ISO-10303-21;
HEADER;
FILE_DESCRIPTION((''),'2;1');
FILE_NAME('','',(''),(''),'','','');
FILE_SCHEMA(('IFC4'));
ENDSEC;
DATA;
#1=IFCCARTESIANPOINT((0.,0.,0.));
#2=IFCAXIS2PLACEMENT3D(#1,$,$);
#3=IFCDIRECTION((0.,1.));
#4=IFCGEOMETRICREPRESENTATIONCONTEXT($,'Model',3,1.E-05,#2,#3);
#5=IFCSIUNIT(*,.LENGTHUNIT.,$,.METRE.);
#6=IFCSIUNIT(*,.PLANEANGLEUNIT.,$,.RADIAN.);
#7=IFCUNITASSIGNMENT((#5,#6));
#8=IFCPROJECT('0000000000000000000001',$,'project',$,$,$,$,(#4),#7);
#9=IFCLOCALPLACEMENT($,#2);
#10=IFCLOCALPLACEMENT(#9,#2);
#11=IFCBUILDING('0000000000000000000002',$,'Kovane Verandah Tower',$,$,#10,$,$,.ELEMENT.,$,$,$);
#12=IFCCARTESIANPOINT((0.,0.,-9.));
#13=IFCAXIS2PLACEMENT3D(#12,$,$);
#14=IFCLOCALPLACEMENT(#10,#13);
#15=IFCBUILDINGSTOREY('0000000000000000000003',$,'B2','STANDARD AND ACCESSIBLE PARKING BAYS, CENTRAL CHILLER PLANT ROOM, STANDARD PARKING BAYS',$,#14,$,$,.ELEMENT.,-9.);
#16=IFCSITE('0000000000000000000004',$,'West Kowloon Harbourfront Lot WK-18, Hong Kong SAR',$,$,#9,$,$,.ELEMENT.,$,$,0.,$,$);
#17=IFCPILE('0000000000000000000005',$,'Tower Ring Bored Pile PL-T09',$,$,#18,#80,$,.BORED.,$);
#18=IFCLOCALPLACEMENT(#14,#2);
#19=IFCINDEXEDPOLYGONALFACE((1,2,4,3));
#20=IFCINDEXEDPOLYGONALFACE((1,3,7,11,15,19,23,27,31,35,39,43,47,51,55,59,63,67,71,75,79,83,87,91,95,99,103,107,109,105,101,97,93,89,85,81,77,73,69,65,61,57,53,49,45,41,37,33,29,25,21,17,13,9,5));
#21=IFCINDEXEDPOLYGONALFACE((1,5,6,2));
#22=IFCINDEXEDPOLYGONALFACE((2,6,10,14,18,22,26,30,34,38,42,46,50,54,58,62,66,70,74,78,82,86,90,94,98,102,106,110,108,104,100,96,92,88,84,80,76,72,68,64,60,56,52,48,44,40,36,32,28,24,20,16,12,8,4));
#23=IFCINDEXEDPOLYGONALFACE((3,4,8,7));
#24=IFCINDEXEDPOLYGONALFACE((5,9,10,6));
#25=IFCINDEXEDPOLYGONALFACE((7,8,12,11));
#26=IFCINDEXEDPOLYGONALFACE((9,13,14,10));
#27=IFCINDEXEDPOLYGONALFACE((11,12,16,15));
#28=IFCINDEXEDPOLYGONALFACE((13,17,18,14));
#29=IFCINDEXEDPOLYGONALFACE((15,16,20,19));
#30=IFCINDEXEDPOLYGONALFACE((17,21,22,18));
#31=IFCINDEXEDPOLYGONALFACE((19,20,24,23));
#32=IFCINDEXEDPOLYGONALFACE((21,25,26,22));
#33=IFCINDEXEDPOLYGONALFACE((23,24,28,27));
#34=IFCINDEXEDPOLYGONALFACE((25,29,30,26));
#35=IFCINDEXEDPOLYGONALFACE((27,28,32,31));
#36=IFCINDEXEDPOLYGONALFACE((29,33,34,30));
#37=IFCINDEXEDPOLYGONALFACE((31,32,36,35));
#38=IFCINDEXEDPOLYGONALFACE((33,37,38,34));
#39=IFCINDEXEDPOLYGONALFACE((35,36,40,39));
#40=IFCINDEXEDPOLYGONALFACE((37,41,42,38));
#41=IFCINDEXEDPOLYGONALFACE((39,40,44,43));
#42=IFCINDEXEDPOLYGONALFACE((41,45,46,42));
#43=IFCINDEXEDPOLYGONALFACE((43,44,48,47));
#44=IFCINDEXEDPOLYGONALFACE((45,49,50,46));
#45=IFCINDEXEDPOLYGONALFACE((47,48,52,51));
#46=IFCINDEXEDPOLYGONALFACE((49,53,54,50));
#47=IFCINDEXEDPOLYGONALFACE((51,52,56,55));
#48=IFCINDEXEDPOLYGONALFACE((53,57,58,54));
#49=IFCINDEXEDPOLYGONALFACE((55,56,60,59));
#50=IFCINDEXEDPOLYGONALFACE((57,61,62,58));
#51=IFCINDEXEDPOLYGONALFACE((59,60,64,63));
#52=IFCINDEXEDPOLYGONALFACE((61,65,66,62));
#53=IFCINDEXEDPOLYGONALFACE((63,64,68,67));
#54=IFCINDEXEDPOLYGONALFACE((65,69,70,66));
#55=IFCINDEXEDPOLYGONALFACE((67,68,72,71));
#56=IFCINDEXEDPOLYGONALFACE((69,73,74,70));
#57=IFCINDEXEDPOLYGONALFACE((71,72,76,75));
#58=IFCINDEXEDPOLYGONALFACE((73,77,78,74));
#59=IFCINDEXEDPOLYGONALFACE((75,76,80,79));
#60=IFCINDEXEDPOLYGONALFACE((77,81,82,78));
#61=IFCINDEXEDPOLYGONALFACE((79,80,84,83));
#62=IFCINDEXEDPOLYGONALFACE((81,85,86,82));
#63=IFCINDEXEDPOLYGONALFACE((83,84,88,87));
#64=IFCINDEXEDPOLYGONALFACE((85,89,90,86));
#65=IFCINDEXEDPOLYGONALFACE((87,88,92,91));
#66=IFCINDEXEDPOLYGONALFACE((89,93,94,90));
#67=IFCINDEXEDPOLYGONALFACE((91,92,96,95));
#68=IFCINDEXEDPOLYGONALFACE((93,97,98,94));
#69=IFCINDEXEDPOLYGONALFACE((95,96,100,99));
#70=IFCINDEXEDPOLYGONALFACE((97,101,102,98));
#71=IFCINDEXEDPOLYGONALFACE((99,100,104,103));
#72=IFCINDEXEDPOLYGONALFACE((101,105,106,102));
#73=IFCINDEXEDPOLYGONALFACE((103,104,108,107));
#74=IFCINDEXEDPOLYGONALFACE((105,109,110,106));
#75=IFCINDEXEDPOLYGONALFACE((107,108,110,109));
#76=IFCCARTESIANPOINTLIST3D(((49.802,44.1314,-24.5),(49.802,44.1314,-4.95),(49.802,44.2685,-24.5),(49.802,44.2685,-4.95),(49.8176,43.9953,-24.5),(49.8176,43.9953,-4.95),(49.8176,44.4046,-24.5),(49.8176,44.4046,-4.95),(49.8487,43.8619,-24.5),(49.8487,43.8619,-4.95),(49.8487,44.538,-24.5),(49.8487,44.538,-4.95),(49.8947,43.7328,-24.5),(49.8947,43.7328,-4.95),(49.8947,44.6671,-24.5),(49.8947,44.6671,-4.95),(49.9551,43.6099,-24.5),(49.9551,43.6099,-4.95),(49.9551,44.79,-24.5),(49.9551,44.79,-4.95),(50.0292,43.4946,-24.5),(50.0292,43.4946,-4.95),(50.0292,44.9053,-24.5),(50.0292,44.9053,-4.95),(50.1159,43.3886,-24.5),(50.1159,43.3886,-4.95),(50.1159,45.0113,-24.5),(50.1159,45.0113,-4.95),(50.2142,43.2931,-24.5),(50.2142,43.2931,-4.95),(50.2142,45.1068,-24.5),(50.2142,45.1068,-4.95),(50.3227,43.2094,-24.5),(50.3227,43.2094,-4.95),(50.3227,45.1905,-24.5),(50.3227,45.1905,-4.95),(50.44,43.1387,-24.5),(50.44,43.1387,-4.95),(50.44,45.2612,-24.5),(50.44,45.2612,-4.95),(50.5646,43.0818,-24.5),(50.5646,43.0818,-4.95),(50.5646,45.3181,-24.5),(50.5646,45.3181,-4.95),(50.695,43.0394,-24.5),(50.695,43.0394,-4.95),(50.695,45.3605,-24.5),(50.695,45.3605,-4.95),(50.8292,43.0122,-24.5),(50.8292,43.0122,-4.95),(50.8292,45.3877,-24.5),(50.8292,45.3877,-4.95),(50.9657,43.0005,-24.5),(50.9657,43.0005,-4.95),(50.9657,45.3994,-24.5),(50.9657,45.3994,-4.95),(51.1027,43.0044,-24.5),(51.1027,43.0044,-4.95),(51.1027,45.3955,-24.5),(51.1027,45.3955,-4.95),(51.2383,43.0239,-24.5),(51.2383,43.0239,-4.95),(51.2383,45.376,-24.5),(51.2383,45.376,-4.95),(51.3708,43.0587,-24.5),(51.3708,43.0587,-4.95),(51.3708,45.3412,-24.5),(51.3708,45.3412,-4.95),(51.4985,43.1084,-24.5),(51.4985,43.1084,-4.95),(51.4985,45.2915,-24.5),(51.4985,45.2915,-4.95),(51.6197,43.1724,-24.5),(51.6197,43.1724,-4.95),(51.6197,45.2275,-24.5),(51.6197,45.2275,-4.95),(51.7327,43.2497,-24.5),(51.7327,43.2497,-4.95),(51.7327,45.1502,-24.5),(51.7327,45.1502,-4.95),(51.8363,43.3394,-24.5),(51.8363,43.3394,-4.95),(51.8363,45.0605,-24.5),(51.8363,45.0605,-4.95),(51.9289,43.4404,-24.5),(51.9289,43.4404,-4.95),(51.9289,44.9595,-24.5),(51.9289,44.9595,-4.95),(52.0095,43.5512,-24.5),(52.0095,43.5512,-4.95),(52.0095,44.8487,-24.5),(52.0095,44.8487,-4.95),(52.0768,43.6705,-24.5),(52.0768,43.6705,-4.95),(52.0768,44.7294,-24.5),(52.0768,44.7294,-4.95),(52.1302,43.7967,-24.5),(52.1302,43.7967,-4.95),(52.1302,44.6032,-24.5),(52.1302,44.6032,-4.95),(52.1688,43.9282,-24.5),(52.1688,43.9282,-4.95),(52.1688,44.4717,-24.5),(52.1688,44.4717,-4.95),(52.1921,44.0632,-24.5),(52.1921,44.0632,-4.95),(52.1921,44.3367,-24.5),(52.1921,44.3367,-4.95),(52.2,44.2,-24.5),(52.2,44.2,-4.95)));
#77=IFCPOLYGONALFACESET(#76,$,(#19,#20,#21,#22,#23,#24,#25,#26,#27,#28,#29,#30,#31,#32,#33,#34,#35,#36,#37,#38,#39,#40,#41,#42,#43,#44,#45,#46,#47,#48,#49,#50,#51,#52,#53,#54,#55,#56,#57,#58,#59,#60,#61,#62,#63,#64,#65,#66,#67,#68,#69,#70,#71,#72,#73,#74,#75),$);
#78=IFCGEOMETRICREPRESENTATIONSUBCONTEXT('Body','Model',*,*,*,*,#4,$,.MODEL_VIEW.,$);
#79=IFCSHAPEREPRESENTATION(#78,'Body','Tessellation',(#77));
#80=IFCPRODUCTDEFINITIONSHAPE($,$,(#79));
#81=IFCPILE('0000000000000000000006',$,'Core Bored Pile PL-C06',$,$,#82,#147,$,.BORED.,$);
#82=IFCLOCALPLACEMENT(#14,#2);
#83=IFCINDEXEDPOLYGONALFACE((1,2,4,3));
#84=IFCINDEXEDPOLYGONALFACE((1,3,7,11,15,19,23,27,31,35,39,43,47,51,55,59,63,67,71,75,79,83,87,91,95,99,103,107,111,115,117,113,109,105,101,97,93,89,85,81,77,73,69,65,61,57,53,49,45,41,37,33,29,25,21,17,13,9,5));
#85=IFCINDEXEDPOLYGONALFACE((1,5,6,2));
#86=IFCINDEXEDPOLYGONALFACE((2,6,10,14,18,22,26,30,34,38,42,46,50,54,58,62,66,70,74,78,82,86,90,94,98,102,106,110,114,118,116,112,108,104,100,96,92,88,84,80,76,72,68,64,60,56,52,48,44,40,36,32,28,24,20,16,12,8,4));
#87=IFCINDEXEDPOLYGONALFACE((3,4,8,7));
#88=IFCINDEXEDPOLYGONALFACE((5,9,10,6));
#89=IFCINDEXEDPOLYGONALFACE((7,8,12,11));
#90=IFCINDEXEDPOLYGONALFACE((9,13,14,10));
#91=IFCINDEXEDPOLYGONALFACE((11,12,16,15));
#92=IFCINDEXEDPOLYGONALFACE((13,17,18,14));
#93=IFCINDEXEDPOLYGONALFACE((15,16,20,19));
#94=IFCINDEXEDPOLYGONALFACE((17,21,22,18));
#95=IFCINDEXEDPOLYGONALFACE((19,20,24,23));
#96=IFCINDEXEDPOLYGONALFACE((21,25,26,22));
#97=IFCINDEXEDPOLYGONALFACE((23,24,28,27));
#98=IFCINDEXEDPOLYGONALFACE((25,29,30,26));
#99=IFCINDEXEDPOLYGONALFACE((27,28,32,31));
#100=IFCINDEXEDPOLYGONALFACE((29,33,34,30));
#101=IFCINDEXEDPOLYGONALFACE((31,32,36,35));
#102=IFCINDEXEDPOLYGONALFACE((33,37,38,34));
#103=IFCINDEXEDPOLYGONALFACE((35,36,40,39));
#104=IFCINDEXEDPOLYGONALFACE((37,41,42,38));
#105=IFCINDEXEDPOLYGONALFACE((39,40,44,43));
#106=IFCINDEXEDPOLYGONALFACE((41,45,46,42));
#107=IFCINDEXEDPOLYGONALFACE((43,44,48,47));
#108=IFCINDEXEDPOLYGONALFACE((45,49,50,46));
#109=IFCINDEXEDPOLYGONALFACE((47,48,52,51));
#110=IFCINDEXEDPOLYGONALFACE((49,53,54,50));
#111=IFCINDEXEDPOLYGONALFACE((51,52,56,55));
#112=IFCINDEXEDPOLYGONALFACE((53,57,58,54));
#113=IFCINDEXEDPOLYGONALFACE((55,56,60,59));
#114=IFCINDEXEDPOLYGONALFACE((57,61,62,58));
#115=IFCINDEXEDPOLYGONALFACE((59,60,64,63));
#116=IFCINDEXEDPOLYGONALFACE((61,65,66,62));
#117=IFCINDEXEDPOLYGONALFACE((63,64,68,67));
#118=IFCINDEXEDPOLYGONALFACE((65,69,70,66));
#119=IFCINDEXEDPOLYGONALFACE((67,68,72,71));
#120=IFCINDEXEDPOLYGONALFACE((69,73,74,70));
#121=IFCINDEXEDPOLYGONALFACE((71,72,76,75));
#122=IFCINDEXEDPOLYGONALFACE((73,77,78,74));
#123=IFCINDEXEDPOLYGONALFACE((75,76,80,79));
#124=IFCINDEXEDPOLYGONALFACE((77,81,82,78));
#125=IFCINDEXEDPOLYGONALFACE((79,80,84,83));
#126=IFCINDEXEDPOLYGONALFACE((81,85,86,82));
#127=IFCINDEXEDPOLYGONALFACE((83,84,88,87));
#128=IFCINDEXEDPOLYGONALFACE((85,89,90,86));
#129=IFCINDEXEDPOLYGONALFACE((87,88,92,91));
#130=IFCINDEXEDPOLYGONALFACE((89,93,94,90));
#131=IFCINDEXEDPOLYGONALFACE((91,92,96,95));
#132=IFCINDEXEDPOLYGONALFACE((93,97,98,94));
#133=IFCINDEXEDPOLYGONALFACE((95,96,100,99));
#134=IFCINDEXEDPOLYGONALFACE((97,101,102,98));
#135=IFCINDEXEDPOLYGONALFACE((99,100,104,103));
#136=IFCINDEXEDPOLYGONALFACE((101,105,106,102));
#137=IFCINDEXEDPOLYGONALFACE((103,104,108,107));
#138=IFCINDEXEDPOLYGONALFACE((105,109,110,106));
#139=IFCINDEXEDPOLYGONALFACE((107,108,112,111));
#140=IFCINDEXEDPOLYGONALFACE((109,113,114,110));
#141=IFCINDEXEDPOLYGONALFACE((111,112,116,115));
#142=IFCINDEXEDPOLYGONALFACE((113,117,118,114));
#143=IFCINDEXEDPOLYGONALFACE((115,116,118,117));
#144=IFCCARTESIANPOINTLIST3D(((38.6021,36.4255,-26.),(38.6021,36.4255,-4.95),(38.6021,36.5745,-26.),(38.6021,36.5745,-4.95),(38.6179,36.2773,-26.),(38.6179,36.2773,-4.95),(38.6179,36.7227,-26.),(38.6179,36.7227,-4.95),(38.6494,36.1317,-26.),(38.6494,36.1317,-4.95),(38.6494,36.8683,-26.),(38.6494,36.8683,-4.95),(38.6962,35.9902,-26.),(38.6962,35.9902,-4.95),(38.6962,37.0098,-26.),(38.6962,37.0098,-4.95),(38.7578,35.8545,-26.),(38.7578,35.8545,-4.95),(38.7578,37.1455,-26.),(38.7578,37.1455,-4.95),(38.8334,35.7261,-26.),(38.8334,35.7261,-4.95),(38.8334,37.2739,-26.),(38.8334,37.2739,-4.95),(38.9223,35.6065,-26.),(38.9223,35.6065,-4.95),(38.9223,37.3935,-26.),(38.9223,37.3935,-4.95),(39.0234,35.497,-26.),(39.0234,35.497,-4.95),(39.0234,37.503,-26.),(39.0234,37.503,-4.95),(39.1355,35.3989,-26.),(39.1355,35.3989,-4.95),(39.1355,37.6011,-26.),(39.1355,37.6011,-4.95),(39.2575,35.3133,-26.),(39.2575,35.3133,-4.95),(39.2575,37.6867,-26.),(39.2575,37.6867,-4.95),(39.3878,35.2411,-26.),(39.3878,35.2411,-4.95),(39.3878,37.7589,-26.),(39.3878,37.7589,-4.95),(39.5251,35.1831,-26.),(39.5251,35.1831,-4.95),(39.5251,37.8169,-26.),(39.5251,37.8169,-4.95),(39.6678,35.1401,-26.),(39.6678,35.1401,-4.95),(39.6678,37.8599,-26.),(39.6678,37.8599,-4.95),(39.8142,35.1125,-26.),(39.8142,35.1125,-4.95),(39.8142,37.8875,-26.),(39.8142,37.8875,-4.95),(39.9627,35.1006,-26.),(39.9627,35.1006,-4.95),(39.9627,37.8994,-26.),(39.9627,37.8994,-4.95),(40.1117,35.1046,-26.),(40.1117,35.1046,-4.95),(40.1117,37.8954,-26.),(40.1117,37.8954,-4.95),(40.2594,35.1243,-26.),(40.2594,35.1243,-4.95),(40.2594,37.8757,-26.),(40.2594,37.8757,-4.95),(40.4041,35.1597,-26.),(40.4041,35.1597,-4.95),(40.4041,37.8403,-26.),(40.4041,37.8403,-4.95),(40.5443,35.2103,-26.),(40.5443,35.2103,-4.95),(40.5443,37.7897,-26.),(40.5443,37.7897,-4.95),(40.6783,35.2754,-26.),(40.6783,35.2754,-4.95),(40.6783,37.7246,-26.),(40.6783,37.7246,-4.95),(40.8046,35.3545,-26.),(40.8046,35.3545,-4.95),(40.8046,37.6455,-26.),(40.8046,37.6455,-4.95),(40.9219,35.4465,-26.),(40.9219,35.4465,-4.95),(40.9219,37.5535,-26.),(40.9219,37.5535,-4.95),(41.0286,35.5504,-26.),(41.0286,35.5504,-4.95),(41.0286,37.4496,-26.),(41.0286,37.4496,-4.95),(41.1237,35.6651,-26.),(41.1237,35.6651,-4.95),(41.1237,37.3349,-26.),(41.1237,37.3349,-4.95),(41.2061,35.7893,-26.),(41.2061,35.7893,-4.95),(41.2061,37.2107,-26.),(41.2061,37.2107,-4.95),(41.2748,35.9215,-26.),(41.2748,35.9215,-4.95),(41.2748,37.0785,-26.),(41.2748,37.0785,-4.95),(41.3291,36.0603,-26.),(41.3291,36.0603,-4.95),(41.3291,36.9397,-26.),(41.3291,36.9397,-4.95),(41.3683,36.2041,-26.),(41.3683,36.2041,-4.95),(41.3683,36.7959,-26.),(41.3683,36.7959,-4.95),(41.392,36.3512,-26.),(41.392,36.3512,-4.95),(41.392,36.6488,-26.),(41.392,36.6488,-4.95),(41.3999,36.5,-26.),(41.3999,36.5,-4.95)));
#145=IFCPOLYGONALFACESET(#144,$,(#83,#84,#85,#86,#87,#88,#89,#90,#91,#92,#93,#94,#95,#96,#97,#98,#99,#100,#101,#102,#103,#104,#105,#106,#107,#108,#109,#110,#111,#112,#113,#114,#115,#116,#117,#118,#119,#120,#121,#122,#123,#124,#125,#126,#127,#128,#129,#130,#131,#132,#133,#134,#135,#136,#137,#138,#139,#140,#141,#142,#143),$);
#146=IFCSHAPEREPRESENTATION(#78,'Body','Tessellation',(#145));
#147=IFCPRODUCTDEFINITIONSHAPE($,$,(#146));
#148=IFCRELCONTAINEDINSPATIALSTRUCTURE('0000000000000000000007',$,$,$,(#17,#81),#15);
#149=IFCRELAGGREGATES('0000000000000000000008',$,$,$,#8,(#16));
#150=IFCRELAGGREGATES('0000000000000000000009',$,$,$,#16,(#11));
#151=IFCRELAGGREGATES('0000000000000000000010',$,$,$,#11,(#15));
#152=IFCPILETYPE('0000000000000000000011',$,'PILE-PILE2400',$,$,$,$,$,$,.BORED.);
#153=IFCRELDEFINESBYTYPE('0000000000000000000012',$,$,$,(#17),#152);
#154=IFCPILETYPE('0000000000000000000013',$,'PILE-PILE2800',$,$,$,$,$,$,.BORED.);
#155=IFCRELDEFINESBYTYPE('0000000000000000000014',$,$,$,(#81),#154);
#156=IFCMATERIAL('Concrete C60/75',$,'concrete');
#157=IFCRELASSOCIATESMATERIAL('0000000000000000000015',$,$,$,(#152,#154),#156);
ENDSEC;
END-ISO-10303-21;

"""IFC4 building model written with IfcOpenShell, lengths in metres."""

from ifc_helpers import new_model, si_unit, direction, frame, origin, origin_2d, place, context, subcontext, project, spatial, circle, extrude, material, material_profile, profile_set, type_object, element, save


model = new_model("IFC4")

# Units and contexts
model_context = context("Model", 3, precision=1e-05, world=origin(), true_north=direction((0.0, 1.0)))
body_context = subcontext(model_context, "Body", "Model", "MODEL_VIEW")
ifc_project = project(units=[si_unit("LENGTHUNIT", "METRE"), si_unit("PLANEANGLEUNIT", "RADIAN")], contexts=[model_context])

# Site, building, storey
site_placement = place(None, origin())
site = spatial("IfcSite", under=ifc_project, at=site_placement, Name="West Kowloon Harbourfront Lot WK-18, Hong Kong SAR", CompositionType="ELEMENT", RefElevation=0.0)
building_placement = place(site_placement, origin())
building = spatial("IfcBuilding", under=site, at=building_placement, Name="Kovane Verandah Tower", CompositionType="ELEMENT")
storey_placement = place(building_placement, frame((0.0, 0.0, -9.0)))
storey = spatial("IfcBuildingStorey", under=building, at=storey_placement, Name="B2", Description="STANDARD AND ACCESSIBLE PARKING BAYS, CENTRAL CHILLER PLANT ROOM, STANDARD PARKING BAYS", CompositionType="ELEMENT", Elevation=-9.0)

# Shared definitions
ifc_material_1 = material(Name="Concrete C60/75", Category="concrete")

# Piles
ifc_material_profile_1 = material_profile(ifc_material_1, circle(Radius=1.2, at=origin_2d()), Name="PILE2400")
ifc_profile_set_1 = profile_set([ifc_material_profile_1], Name="Concrete C60/75")
pile_type_1 = type_object("IfcPileType", Name="PILE-PILE2400", PredefinedType="BORED", material=ifc_profile_set_1)
for number, where, z_axis, x_axis, name in (
    (1, (51.0, 44.2, -4.95), (0.0, 0.0, -1.0), (1.0, 0.0, 0.0), "Tower Ring Bored Pile PL-T09"),
):
    element("IfcPile", number, at=place(storey_placement, frame(where, z_axis=z_axis, x_axis=x_axis)), inside=storey, type_object=pile_type_1, Name=name, PredefinedType="BORED", context=body_context, shape_type="SweptSolid", body=[
        extrude(circle(Radius=1.2, at=origin_2d()), origin(), (0.0, 0.0, 1.0), 19.55),
    ])
ifc_material_profile_2 = material_profile(ifc_material_1, circle(Radius=1.3999, at=origin_2d()), Name="PILE2800")
ifc_profile_set_2 = profile_set([ifc_material_profile_2], Name="Concrete C60/75")
pile_type_2 = type_object("IfcPileType", Name="PILE-PILE2800", PredefinedType="BORED", material=ifc_profile_set_2)
for number, where, z_axis, x_axis, name in (
    (2, (40.0, 36.5, -4.95), (0.0, 0.0, -1.0), (1.0, 0.0, 0.0), "Core Bored Pile PL-C06"),
):
    element("IfcPile", number, at=place(storey_placement, frame(where, z_axis=z_axis, x_axis=x_axis)), inside=storey, type_object=pile_type_2, Name=name, PredefinedType="BORED", context=body_context, shape_type="SweptSolid", body=[
        extrude(circle(Radius=1.3999, at=origin_2d()), origin(), (0.0, 0.0, 1.0), 21.05),
    ])

save(model, "model.ifc")
